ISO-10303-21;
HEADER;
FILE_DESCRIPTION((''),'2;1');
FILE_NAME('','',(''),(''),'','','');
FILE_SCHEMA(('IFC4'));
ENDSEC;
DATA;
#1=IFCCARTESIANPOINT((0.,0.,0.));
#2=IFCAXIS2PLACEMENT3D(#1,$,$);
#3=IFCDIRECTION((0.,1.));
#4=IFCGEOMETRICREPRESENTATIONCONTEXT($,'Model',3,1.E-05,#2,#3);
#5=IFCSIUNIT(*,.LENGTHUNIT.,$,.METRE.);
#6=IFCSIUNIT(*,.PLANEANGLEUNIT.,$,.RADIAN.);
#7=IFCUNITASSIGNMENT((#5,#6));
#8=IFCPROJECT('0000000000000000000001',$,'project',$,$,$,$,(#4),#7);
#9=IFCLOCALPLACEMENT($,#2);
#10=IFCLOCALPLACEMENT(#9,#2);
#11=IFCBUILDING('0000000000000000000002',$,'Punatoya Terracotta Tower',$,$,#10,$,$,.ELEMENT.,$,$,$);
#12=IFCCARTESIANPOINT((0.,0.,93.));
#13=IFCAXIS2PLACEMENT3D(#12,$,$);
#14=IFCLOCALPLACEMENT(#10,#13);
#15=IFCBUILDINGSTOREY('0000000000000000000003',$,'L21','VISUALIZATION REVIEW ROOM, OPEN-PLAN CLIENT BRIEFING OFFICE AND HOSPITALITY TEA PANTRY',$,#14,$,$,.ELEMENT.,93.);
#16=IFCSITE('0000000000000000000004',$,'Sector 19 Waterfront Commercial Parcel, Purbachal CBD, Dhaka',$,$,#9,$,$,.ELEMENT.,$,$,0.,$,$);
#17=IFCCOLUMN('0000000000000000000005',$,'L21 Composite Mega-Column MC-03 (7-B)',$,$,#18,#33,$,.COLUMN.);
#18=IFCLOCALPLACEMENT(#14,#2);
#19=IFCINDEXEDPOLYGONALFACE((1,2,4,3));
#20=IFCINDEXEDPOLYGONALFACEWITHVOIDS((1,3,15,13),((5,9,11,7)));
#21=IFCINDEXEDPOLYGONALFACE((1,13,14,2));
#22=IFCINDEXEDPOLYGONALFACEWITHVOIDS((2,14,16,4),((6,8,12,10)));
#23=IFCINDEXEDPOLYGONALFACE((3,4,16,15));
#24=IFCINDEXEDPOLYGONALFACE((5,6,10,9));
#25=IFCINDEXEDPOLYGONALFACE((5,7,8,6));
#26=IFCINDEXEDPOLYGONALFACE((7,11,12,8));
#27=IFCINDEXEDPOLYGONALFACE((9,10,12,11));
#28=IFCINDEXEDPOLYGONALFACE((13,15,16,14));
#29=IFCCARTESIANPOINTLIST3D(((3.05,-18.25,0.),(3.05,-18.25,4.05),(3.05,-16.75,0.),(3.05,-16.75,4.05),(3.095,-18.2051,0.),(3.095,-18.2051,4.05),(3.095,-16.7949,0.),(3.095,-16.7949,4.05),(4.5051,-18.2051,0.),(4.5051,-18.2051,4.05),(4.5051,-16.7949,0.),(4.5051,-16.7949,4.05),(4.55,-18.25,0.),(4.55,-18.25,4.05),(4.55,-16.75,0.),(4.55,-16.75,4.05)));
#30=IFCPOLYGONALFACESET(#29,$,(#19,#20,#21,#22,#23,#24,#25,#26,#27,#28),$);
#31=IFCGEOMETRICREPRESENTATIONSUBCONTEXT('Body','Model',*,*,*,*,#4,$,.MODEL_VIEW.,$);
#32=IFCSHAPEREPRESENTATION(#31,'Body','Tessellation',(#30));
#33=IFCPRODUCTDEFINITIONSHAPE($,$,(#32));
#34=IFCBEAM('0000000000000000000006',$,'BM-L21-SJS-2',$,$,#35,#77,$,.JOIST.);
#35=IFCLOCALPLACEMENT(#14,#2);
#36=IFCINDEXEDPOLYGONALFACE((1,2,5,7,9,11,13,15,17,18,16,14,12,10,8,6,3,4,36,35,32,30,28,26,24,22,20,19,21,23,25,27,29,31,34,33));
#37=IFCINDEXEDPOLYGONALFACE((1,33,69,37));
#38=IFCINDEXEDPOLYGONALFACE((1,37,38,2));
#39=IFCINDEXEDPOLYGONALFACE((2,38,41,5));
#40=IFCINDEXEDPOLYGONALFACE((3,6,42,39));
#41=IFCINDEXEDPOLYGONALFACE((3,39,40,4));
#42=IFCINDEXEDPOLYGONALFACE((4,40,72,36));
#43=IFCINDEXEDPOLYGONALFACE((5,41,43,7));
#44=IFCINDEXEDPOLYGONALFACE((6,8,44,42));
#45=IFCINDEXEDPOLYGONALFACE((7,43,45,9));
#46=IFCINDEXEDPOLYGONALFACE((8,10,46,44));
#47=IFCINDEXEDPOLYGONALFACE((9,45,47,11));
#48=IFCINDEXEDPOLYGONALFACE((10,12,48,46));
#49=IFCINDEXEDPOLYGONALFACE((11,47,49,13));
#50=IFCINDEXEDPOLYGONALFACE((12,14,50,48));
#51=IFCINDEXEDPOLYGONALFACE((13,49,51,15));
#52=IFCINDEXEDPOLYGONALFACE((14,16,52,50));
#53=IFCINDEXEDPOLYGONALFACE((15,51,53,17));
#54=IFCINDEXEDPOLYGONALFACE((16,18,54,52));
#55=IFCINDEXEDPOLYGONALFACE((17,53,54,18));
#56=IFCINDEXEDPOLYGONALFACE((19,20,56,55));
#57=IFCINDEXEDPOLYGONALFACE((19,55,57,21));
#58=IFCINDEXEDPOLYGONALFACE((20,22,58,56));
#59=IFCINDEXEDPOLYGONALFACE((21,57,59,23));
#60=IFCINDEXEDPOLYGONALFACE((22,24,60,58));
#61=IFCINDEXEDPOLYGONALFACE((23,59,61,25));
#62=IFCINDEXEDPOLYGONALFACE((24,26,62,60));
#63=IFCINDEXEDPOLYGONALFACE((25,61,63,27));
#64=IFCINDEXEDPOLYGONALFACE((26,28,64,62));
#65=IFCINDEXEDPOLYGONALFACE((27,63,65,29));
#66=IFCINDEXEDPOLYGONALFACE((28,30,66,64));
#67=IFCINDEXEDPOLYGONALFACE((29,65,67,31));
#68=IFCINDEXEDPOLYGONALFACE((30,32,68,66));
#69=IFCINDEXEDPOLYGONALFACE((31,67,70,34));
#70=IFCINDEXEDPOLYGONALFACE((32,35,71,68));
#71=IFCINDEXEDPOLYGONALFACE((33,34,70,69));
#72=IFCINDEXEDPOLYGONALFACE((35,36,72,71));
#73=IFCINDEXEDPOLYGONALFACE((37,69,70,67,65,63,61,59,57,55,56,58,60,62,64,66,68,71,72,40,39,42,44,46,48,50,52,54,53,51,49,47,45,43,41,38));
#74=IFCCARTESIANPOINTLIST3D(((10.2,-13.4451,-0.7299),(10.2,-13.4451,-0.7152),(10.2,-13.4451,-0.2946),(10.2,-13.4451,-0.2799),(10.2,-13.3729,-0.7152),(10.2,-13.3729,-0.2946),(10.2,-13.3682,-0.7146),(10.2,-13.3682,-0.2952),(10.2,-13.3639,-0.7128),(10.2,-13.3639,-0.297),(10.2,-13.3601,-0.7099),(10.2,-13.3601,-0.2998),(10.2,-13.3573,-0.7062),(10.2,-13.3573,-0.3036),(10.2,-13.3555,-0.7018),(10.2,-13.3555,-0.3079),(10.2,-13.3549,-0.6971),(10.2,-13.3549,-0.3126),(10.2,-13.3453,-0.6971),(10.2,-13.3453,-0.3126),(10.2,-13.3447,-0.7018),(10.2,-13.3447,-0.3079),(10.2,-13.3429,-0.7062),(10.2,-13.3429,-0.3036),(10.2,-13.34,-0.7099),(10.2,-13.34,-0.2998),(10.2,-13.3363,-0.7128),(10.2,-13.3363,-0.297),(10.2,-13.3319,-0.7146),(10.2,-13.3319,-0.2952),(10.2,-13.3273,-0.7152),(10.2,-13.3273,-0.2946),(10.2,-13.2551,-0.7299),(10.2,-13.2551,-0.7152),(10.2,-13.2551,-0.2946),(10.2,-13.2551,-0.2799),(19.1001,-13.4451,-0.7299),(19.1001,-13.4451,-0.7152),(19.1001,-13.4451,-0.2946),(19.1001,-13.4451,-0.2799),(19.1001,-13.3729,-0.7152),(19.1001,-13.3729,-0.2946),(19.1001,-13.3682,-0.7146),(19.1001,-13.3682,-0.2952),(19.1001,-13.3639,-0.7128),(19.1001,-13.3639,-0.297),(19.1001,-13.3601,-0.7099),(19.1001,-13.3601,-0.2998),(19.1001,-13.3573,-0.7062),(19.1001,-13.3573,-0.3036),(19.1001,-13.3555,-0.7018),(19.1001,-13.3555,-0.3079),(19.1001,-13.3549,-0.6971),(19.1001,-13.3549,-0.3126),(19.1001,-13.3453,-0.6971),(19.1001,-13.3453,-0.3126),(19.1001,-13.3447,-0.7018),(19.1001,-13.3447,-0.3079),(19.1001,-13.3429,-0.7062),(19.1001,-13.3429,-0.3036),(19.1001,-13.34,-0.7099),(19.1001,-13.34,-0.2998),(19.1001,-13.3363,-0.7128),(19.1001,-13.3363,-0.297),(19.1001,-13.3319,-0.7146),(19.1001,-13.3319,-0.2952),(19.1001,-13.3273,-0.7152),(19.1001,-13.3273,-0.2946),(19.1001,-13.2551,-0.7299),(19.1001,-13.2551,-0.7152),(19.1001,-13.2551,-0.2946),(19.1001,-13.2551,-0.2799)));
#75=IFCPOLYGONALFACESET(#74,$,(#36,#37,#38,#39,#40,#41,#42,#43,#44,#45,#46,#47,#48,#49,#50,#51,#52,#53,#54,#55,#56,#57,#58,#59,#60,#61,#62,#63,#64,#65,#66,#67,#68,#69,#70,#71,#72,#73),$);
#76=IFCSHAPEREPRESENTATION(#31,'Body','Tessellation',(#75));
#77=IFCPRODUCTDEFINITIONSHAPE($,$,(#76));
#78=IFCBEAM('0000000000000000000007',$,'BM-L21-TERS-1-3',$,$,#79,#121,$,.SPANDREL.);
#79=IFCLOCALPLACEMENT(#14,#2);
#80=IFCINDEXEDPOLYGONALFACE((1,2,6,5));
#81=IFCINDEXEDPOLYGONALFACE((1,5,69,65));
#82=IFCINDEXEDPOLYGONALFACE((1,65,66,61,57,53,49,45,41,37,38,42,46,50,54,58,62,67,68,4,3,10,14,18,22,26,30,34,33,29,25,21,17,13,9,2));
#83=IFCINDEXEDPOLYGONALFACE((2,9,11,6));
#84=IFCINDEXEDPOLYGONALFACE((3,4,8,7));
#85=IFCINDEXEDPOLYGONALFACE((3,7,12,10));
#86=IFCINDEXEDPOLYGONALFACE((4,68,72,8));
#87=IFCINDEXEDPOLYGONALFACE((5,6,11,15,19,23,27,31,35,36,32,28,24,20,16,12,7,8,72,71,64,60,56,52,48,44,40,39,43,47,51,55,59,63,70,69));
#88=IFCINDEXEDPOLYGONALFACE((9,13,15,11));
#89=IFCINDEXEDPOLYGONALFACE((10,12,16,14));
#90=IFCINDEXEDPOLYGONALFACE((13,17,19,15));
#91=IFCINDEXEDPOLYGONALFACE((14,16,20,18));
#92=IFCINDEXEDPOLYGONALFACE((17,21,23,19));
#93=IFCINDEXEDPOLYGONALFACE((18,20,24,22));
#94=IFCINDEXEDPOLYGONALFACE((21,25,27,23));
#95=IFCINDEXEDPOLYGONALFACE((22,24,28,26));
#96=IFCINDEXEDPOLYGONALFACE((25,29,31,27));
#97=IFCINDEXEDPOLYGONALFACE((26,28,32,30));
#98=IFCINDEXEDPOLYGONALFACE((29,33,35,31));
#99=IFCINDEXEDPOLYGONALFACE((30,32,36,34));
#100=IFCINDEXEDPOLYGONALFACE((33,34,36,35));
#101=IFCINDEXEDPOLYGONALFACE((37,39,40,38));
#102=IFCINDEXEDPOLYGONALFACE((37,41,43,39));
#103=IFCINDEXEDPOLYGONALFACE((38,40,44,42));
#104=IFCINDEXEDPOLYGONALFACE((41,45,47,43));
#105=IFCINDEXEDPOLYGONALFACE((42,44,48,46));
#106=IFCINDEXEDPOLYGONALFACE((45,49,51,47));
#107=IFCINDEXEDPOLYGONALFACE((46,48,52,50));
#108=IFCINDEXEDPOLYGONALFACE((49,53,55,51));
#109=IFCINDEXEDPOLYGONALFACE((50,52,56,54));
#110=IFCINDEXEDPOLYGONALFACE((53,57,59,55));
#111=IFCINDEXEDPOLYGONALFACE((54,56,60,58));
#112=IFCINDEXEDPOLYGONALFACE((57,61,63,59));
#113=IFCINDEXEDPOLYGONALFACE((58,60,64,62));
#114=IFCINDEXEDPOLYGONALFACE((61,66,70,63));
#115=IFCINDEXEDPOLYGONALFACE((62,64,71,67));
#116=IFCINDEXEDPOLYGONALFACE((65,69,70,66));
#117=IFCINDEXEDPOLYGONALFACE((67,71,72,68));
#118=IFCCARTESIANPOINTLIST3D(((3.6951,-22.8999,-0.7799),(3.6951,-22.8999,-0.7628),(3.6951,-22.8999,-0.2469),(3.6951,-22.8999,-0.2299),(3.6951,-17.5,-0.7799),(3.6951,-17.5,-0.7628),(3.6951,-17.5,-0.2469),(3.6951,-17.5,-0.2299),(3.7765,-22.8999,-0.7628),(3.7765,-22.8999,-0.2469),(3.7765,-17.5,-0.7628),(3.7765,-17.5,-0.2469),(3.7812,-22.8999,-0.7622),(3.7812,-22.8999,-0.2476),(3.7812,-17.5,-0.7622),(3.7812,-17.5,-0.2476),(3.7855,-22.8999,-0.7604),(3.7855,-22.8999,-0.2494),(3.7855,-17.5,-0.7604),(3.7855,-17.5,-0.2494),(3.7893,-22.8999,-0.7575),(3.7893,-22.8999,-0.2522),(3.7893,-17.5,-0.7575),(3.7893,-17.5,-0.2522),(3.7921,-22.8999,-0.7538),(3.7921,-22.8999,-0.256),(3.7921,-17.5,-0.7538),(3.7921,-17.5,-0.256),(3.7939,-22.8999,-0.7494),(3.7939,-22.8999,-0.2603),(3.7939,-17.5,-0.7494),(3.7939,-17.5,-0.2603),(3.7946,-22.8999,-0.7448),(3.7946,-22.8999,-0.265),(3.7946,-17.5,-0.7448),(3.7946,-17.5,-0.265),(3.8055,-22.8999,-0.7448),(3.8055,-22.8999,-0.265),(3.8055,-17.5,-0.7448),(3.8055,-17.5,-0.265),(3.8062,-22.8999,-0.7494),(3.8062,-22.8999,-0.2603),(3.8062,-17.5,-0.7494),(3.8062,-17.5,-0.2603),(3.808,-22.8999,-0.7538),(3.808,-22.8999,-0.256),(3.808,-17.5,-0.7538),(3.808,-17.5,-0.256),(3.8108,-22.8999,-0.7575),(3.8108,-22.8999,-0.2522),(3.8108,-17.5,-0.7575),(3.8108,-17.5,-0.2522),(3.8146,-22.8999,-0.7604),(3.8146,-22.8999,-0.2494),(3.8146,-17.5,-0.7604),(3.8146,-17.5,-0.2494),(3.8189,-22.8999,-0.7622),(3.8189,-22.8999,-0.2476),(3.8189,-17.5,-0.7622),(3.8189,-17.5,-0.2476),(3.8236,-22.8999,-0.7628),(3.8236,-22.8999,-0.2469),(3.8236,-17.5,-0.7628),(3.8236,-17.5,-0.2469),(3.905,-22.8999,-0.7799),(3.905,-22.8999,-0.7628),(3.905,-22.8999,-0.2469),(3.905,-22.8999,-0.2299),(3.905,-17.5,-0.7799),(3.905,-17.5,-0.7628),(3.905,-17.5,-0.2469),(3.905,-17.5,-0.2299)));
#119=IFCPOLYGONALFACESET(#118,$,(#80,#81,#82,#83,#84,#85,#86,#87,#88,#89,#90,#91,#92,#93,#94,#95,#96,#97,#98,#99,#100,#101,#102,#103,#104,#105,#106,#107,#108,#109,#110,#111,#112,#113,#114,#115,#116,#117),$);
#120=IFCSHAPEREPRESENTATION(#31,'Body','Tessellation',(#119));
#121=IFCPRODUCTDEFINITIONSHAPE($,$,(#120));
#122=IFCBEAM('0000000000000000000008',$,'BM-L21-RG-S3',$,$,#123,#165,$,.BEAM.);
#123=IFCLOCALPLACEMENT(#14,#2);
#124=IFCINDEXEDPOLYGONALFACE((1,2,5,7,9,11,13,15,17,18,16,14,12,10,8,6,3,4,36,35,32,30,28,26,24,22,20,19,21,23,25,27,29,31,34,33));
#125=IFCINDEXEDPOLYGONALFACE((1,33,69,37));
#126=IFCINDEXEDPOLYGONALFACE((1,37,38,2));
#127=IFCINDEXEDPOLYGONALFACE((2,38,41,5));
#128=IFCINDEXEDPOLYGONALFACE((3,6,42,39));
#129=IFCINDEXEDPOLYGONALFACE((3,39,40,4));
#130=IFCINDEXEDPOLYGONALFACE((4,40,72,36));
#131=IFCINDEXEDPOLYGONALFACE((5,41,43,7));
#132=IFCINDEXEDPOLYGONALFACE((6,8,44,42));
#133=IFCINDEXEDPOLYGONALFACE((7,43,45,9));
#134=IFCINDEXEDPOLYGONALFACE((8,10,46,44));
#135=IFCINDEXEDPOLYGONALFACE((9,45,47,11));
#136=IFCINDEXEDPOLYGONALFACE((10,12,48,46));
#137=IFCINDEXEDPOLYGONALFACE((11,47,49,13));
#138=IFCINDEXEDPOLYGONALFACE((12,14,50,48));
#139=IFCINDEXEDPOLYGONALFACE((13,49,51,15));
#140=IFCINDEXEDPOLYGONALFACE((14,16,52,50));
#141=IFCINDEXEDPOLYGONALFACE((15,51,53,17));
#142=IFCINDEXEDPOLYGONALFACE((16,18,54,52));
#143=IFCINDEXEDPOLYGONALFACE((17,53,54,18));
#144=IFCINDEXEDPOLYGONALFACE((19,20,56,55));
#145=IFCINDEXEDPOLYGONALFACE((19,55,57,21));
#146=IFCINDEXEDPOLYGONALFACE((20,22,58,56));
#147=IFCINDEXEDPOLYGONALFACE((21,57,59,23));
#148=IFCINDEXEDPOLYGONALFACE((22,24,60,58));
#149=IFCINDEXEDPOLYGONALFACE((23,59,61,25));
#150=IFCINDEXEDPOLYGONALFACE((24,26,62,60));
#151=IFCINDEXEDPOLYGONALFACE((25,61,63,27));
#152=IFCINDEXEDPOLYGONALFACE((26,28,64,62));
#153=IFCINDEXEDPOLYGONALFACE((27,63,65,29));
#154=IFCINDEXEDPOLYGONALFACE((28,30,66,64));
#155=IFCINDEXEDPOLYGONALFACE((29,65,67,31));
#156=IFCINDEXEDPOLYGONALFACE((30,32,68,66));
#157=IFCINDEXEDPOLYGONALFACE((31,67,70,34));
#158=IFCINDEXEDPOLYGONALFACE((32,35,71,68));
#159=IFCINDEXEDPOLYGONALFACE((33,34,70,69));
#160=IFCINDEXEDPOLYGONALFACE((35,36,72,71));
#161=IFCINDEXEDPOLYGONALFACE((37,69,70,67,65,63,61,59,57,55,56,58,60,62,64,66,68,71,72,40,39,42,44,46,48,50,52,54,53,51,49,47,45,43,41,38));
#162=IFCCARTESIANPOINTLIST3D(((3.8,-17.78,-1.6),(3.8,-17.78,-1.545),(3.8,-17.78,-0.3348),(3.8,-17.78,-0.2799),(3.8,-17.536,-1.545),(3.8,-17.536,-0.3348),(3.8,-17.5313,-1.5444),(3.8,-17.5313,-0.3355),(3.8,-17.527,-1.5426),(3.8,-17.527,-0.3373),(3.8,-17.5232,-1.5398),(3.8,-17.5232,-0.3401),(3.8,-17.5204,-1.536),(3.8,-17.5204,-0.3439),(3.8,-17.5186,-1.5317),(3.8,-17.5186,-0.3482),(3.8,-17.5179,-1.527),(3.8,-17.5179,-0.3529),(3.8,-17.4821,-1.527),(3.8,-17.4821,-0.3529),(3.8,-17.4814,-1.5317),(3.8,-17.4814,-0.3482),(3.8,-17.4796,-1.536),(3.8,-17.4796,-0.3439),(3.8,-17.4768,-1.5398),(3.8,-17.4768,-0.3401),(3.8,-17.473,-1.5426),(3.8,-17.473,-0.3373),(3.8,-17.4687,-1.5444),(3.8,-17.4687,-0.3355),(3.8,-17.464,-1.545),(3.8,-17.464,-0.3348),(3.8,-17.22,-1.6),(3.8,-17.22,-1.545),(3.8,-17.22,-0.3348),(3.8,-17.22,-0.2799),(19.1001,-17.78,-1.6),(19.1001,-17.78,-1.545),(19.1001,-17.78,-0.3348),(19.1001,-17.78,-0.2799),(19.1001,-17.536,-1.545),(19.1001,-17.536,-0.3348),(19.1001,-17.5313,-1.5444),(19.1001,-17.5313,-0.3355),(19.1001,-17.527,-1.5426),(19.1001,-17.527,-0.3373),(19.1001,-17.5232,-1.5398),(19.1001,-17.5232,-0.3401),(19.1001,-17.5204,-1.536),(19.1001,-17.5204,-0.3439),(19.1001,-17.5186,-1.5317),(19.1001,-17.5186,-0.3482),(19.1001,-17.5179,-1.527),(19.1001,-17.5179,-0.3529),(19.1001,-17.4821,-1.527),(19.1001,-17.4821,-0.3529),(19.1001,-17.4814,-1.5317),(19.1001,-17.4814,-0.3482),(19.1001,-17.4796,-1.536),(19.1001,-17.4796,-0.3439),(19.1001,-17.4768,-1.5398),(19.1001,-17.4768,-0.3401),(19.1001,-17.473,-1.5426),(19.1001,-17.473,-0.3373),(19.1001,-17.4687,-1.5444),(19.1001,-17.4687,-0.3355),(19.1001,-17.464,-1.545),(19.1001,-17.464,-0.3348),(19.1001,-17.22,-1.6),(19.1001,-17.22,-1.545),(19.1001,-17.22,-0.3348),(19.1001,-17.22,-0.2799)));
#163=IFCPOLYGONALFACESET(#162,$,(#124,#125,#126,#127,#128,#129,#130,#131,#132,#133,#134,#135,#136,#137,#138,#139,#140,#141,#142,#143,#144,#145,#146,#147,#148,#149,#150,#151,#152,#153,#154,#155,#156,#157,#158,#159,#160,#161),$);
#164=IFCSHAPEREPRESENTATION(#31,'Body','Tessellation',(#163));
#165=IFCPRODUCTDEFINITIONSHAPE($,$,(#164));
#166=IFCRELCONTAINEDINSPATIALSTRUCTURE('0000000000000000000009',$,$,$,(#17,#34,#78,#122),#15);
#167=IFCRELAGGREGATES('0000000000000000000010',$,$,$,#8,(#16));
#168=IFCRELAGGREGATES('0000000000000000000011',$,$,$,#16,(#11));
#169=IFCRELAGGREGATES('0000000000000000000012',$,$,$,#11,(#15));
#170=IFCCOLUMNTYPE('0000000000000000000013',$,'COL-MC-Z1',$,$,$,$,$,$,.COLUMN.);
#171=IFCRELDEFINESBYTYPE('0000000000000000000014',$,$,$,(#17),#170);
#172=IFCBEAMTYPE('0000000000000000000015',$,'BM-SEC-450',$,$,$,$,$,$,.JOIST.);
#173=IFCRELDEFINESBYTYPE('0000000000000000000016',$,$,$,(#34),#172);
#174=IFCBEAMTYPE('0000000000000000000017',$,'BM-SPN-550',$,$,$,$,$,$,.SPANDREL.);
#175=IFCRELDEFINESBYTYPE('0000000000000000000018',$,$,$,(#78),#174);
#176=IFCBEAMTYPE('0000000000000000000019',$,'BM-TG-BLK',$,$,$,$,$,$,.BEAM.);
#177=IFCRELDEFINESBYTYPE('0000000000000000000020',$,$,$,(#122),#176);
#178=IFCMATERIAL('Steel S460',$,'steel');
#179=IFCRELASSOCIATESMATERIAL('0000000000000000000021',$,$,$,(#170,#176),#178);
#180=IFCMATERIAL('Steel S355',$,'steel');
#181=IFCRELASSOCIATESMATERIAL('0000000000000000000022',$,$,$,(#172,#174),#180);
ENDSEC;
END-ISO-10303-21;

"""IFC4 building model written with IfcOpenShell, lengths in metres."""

from ifc_helpers import new_model, si_unit, direction, frame, origin, origin_2d, place, context, subcontext, project, spatial, hollow_rectangle, i_section, extrude, material, material_profile, profile_set, type_object, element, save


model = new_model("IFC4")

# Units and contexts
model_context = context("Model", 3, precision=1e-05, world=origin(), true_north=direction((0.0, 1.0)))
body_context = subcontext(model_context, "Body", "Model", "MODEL_VIEW")
ifc_project = project(units=[si_unit("LENGTHUNIT", "METRE"), si_unit("PLANEANGLEUNIT", "RADIAN")], contexts=[model_context])

# Site, building, storey
site_placement = place(None, origin())
site = spatial("IfcSite", under=ifc_project, at=site_placement, Name="Sector 19 Waterfront Commercial Parcel, Purbachal CBD, Dhaka", CompositionType="ELEMENT", RefElevation=0.0)
building_placement = place(site_placement, origin())
building = spatial("IfcBuilding", under=site, at=building_placement, Name="Punatoya Terracotta Tower", CompositionType="ELEMENT")
storey_placement = place(building_placement, frame((0.0, 0.0, 93.0)))
storey = spatial("IfcBuildingStorey", under=building, at=storey_placement, Name="L21", Description="VISUALIZATION REVIEW ROOM, OPEN-PLAN CLIENT BRIEFING OFFICE AND HOSPITALITY TEA PANTRY", CompositionType="ELEMENT", Elevation=93.0)

# Column
ifc_material_1 = material(Name="Steel S460", Category="steel")
ifc_material_profile_1 = material_profile(ifc_material_1, hollow_rectangle(XDim=1.5, YDim=1.5, WallThickness=0.0449, at=origin_2d()))
ifc_profile_set_1 = profile_set([ifc_material_profile_1], Name="Steel S460")
column_type = type_object("IfcColumnType", Name="COL-MC-Z1", PredefinedType="COLUMN", material=ifc_profile_set_1)
column_placement = place(storey_placement, frame((3.8, -17.5, 0.0), z_axis=(0.0, 0.0, 1.0), x_axis=(1.0, 0.0, 0.0)))
element("IfcColumn", 1, at=column_placement, inside=storey, type_object=column_type, Name="L21 Composite Mega-Column MC-03 (7-B)", PredefinedType="COLUMN", context=body_context, shape_type="SweptSolid", body=[
    extrude(hollow_rectangle(XDim=1.5, YDim=1.5, WallThickness=0.0449, at=origin_2d()), origin(), (0.0, 0.0, 1.0), 4.05),
])

# Beams
ifc_material_2 = material(Name="Steel S355", Category="steel")
ifc_material_profile_2 = material_profile(ifc_material_2, i_section(OverallWidth=0.1899, OverallDepth=0.45, WebThickness=0.0095, FlangeThickness=0.0146, FilletRadius=0.0181, at=origin_2d()))
ifc_profile_set_2 = profile_set([ifc_material_profile_2], Name="Steel S355")
beam_type_1 = type_object("IfcBeamType", Name="BM-SEC-450", PredefinedType="JOIST", material=ifc_profile_set_2)
beam_1_placement = place(storey_placement, frame((10.2, -13.3501, -0.5049), z_axis=(1.0, 0.0, 0.0), x_axis=(0.0, 1.0, 0.0)))
element("IfcBeam", 2, at=beam_1_placement, inside=storey, type_object=beam_type_1, Name="BM-L21-SJS-2", PredefinedType="JOIST", context=body_context, shape_type="SweptSolid", body=[
    extrude(i_section(OverallWidth=0.1899, OverallDepth=0.45, WebThickness=0.0095, FlangeThickness=0.0146, FilletRadius=0.0181, at=origin_2d()), origin(), (0.0, 0.0, 1.0), 8.9001),
])
ifc_material_profile_3 = material_profile(ifc_material_2, i_section(OverallWidth=0.21, OverallDepth=0.55, WebThickness=0.011, FlangeThickness=0.0171, FilletRadius=0.0181, at=origin_2d()))
ifc_profile_set_3 = profile_set([ifc_material_profile_3], Name="Steel S355")
beam_type_2 = type_object("IfcBeamType", Name="BM-SPN-550", PredefinedType="SPANDREL", material=ifc_profile_set_3)
beam_2_placement = place(storey_placement, frame((3.8, -22.8999, -0.5049), z_axis=(0.0, 1.0, 0.0), x_axis=(-1.0, 0.0, 0.0)))
element("IfcBeam", 3, at=beam_2_placement, inside=storey, type_object=beam_type_2, Name="BM-L21-TERS-1-3", PredefinedType="SPANDREL", context=body_context, shape_type="SweptSolid", body=[
    extrude(i_section(OverallWidth=0.21, OverallDepth=0.55, WebThickness=0.011, FlangeThickness=0.0171, FilletRadius=0.0181, at=origin_2d()), origin(), (0.0, 0.0, 1.0), 5.3999),
])
ifc_material_profile_4 = material_profile(ifc_material_1, i_section(OverallWidth=0.5601, OverallDepth=1.3201, WebThickness=0.0359, FlangeThickness=0.0549, FilletRadius=0.0181, at=origin_2d()))
ifc_profile_set_4 = profile_set([ifc_material_profile_4], Name="Steel S460")
beam_type_3 = type_object("IfcBeamType", Name="BM-TG-BLK", PredefinedType="BEAM", material=ifc_profile_set_4)
beam_3_placement = place(storey_placement, frame((3.8, -17.5, -0.9399), z_axis=(1.0, 0.0, 0.0), x_axis=(0.0, 1.0, 0.0)))
element("IfcBeam", 4, at=beam_3_placement, inside=storey, type_object=beam_type_3, Name="BM-L21-RG-S3", PredefinedType="BEAM", context=body_context, shape_type="SweptSolid", body=[
    extrude(i_section(OverallWidth=0.5601, OverallDepth=1.3201, WebThickness=0.0359, FlangeThickness=0.0549, FilletRadius=0.0181, at=origin_2d()), origin(), (0.0, 0.0, 1.0), 15.3),
])

save(model, "model.ifc")
